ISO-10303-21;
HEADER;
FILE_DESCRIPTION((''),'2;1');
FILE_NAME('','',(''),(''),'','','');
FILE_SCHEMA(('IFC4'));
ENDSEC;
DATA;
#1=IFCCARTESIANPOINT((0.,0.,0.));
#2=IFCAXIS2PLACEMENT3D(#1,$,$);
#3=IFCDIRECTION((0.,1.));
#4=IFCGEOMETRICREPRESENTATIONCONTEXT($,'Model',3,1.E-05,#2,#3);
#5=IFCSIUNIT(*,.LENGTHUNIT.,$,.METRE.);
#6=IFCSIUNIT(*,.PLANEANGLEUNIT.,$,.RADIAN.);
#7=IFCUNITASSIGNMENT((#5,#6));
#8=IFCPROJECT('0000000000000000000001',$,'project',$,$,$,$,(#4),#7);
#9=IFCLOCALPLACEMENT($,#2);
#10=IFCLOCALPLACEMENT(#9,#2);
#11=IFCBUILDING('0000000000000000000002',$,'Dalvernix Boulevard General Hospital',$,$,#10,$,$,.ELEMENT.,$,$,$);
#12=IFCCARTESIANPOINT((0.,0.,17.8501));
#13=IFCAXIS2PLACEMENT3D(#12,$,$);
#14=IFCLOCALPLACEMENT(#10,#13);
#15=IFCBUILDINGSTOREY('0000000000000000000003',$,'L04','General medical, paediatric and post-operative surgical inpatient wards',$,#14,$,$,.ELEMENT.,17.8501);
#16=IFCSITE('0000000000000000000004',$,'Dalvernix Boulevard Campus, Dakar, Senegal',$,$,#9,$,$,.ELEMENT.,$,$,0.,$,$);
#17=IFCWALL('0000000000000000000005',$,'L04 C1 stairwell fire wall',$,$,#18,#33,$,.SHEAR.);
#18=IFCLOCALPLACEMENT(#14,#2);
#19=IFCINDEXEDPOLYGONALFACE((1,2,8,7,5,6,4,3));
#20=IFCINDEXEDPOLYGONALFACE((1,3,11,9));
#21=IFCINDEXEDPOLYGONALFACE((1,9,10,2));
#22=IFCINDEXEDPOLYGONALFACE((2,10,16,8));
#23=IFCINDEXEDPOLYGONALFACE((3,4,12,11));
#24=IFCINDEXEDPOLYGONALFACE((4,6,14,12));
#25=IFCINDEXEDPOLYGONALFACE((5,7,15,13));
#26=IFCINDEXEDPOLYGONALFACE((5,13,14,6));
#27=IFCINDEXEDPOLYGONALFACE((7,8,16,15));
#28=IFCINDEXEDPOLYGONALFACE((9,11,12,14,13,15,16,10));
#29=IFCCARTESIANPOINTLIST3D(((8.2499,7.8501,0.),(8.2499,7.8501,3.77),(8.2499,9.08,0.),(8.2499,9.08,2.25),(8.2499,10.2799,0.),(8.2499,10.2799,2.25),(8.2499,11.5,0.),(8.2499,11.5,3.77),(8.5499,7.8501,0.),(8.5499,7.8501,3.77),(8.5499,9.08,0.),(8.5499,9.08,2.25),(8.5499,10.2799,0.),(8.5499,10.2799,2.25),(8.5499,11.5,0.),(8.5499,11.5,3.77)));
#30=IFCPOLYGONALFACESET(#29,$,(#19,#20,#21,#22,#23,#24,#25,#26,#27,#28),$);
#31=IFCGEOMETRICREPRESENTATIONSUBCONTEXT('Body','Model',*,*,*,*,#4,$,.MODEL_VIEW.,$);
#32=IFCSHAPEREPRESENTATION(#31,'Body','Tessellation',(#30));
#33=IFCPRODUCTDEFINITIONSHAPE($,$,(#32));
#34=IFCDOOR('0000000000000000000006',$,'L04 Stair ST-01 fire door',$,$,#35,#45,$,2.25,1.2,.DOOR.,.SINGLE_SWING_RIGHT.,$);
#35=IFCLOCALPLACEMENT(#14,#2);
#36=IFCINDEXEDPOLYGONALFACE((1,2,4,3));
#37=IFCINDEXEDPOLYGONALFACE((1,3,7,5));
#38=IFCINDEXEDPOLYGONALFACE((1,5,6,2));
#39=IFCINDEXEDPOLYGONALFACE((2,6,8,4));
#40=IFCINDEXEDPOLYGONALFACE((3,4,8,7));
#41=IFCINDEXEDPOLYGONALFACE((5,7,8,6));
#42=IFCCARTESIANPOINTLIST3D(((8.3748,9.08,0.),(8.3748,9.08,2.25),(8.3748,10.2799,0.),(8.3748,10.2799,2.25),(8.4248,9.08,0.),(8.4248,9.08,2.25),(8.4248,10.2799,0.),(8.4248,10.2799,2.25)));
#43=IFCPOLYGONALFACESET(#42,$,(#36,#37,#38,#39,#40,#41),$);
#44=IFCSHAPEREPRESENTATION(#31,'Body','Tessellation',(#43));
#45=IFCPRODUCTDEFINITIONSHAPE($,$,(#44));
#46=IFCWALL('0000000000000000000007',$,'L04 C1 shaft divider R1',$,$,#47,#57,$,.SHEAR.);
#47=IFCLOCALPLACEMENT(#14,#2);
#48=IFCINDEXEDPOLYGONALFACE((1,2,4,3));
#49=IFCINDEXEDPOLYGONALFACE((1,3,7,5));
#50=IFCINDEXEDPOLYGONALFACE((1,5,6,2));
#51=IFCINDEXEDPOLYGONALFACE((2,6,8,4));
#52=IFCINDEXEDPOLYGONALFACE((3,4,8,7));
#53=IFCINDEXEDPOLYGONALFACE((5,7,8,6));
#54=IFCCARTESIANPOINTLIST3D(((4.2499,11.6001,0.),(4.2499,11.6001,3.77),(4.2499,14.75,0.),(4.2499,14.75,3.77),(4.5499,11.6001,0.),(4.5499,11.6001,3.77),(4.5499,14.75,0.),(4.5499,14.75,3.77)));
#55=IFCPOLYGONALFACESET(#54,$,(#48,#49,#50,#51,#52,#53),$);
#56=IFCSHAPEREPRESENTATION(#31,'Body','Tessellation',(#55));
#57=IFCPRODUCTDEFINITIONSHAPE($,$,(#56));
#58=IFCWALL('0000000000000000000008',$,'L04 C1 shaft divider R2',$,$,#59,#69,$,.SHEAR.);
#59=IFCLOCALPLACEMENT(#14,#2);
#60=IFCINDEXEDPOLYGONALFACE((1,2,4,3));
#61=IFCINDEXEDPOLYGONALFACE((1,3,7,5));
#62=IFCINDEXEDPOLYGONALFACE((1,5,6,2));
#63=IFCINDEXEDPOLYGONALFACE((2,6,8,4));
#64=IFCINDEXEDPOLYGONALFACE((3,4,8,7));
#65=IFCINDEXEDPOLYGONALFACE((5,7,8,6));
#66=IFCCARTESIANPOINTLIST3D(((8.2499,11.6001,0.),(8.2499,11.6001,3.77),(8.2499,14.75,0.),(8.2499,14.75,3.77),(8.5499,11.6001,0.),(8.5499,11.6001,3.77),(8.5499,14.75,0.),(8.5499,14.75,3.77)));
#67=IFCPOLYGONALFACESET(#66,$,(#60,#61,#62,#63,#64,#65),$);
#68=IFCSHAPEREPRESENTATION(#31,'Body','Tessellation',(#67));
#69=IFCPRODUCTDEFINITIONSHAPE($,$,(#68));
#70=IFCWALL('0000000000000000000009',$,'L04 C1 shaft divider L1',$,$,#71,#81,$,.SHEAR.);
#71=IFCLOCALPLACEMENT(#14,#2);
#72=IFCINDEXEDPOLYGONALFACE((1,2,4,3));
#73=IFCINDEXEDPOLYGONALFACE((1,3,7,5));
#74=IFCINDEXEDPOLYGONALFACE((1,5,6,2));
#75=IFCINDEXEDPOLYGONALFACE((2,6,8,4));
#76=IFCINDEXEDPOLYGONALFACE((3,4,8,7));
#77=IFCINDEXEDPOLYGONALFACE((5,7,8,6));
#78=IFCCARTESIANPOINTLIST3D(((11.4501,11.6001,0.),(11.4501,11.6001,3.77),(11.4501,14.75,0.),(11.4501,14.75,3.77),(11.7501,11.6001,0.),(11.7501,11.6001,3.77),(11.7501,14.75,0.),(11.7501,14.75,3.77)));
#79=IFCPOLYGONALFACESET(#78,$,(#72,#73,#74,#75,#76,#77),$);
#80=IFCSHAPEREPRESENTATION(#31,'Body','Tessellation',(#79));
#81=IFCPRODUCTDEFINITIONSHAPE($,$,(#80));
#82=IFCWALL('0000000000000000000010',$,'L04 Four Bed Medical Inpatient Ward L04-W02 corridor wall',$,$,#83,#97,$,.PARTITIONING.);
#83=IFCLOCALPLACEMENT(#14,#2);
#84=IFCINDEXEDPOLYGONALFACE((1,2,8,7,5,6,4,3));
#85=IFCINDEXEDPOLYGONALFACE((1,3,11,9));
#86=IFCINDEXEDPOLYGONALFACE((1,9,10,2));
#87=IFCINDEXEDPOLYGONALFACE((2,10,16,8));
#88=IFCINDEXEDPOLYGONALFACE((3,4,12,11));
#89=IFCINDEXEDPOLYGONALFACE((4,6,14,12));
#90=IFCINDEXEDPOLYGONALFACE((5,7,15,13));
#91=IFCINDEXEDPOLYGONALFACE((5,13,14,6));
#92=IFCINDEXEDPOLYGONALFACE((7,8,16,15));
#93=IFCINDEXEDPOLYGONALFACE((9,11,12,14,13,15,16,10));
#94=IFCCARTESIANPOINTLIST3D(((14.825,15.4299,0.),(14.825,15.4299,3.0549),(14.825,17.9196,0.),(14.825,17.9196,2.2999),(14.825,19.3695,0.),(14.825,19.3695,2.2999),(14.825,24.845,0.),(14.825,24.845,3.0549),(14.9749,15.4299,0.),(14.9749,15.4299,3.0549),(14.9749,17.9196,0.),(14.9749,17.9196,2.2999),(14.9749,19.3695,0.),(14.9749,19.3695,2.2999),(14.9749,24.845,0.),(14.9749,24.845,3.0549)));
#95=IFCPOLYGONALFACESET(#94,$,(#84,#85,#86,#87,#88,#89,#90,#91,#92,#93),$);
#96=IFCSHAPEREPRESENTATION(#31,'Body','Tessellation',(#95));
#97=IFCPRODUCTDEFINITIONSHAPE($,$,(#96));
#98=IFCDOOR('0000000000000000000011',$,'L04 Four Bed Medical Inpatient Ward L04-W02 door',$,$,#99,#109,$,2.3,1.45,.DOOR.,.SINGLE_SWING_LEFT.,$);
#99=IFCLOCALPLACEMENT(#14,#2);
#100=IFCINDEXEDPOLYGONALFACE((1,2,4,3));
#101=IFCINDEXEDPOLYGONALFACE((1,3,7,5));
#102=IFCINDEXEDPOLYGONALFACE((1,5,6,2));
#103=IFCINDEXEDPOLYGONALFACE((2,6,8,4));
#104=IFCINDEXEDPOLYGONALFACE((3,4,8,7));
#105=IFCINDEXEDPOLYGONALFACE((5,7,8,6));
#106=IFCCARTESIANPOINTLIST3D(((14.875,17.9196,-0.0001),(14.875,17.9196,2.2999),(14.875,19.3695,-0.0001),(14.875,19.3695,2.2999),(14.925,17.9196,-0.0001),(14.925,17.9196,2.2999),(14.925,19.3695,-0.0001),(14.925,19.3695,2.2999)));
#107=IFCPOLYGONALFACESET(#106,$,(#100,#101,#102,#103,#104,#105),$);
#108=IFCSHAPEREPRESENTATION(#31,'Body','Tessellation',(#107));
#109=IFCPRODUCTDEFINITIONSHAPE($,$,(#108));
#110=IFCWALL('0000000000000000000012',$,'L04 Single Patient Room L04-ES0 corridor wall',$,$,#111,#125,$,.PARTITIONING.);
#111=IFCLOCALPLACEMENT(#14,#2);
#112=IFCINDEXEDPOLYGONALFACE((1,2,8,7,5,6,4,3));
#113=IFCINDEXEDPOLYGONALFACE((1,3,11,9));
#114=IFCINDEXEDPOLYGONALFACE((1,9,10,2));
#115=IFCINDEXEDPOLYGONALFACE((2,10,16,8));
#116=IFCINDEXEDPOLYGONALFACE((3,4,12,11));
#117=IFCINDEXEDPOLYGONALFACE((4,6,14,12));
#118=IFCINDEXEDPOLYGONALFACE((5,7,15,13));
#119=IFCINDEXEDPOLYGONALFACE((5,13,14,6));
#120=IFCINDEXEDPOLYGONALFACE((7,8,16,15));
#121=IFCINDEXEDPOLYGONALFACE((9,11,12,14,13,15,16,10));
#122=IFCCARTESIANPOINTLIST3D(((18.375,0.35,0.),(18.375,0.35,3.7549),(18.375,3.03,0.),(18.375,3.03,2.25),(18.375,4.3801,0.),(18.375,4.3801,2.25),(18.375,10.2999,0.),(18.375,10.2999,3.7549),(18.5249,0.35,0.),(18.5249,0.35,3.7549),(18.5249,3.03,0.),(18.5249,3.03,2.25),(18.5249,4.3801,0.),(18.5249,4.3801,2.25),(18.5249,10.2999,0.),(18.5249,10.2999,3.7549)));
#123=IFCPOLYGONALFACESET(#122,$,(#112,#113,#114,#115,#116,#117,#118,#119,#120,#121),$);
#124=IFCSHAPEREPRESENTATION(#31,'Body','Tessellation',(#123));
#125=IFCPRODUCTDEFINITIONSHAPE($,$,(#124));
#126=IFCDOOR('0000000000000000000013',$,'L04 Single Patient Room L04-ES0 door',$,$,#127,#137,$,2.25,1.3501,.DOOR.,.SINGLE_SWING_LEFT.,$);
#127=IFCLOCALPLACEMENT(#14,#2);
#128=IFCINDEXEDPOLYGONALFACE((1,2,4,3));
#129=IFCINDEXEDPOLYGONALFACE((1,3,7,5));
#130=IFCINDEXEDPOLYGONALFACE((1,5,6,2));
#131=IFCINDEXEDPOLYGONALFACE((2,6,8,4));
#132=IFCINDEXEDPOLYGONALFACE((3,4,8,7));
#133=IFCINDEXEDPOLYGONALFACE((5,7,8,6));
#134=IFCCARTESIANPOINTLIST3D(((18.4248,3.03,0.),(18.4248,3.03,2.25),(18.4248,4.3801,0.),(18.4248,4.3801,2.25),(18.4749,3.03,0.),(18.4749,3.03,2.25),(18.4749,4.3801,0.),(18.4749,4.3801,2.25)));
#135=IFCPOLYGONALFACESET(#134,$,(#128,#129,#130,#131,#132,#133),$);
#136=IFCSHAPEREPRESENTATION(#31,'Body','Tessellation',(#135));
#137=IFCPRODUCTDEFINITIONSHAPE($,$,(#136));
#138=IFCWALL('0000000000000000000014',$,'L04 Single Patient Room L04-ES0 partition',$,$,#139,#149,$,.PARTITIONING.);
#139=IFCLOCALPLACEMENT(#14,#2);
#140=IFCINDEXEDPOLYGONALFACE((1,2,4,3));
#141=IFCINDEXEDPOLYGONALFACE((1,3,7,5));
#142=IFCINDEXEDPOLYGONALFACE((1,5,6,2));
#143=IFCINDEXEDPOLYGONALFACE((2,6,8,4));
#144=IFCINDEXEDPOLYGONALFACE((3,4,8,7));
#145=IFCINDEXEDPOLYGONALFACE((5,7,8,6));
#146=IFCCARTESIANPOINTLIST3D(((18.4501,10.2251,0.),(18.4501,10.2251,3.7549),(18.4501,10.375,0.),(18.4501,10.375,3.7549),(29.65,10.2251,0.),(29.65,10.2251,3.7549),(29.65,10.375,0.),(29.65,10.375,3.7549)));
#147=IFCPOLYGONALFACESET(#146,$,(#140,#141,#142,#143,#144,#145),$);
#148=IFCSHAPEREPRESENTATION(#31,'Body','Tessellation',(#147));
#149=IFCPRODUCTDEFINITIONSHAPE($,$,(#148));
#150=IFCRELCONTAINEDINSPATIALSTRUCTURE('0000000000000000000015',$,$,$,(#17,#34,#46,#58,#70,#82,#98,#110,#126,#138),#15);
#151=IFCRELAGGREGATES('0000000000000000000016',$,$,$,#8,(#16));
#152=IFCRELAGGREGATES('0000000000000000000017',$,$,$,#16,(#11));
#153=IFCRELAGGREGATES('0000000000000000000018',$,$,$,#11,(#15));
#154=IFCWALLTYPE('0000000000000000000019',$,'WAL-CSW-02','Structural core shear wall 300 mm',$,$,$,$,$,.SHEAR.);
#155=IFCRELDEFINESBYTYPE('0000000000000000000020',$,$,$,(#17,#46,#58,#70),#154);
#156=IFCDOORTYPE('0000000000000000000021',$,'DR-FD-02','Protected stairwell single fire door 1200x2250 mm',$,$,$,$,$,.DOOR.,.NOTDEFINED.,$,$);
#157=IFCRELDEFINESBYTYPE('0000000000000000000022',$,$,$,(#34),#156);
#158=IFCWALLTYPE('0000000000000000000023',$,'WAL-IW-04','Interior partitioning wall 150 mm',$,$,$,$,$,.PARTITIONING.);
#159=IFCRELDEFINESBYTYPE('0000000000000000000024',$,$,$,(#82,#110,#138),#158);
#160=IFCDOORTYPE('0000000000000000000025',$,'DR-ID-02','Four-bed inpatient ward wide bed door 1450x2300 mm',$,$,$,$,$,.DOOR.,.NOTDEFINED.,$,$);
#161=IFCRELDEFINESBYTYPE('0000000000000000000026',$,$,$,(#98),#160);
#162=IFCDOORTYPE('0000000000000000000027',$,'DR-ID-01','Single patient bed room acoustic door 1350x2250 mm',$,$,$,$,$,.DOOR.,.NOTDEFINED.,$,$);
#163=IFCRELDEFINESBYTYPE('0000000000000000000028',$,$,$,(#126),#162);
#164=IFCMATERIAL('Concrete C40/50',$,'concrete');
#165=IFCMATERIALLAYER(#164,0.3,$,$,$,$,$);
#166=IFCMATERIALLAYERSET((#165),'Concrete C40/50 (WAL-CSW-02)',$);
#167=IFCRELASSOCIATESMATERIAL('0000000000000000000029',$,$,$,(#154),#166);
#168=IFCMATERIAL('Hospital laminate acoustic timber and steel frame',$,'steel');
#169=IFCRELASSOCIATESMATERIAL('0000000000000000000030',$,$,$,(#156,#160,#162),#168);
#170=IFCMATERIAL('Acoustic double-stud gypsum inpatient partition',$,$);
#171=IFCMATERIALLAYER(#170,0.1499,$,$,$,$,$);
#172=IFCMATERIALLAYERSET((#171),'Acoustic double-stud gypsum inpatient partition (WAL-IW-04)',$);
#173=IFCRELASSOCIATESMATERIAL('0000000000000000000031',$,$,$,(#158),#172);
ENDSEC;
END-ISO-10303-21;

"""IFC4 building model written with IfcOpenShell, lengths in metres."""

from ifc_helpers import new_model, si_unit, direction, frame, frame_2d, origin, place, context, subcontext, project, spatial, rectangle, extrude, material, layer, layer_set, type_object, element, fill, save


model = new_model("IFC4")

# Units and contexts
model_context = context("Model", 3, precision=1e-05, world=origin(), true_north=direction((0.0, 1.0)))
body_context = subcontext(model_context, "Body", "Model", "MODEL_VIEW")
ifc_project = project(units=[si_unit("LENGTHUNIT", "METRE"), si_unit("PLANEANGLEUNIT", "RADIAN")], contexts=[model_context])

# Site, building, storey
site_placement = place(None, origin())
site = spatial("IfcSite", under=ifc_project, at=site_placement, Name="Dalvernix Boulevard Campus, Dakar, Senegal", CompositionType="ELEMENT", RefElevation=0.0)
building_placement = place(site_placement, origin())
building = spatial("IfcBuilding", under=site, at=building_placement, Name="Dalvernix Boulevard General Hospital", CompositionType="ELEMENT")
storey_placement = place(building_placement, frame((0.0, 0.0, 17.8501)))
storey = spatial("IfcBuildingStorey", under=building, at=storey_placement, Name="L04", Description="General medical, paediatric and post-operative surgical inpatient wards", CompositionType="ELEMENT", Elevation=17.8501)

# Shared definitions
ifc_material_1 = material(Name="Concrete C40/50", Category="concrete")

# Shared definitions
ifc_layer_1 = layer(ifc_material_1, 0.3)
ifc_layer_set_1 = layer_set([ifc_layer_1], Name="Concrete C40/50 (WAL-CSW-02)")
wall_type_1 = type_object("IfcWallType", Name="WAL-CSW-02", Description="Structural core shear wall 300 mm", PredefinedType="SHEAR", material=ifc_layer_set_1)

# Wall, opening, door
wall_1_placement = place(storey_placement, frame((8.3999, 11.5, 0.0), z_axis=(0.0, 0.0, 1.0), x_axis=(0.0, -1.0, 0.0)))
wall_1 = element("IfcWall", 1, at=wall_1_placement, inside=storey, type_object=wall_type_1, Name="L04 C1 stairwell fire wall", PredefinedType="SHEAR", context=body_context, shape_type="SweptSolid", body=[
    extrude(rectangle(XDim=3.6499, YDim=0.3, at=frame_2d((1.825, 0.0))), origin(), (0.0, 0.0, 1.0), 3.77),
])
opening_1_placement = place(wall_1_placement, frame((1.22, 0.0, 0.0)))
opening_1 = element("IfcOpeningElement", 2, at=opening_1_placement, cuts=wall_1, PredefinedType="OPENING", context=body_context, shape_type="SweptSolid", body=[
    extrude(rectangle(XDim=1.2, YDim=2.25, at=frame_2d((0.6001, 1.125))), frame((0.0, 0.1599, 0.0), z_axis=(0.0, -1.0, 0.0), x_axis=(1.0, 0.0, 0.0)), (0.0, 0.0, 1.0), 0.3201),
])
ifc_material_2 = material(Name="Hospital laminate acoustic timber and steel frame", Category="steel")
door_type_1 = type_object("IfcDoorType", Name="DR-FD-02", Description="Protected stairwell single fire door 1200x2250 mm", OperationType="NOTDEFINED", PredefinedType="DOOR", material=ifc_material_2)
door_1_placement = place(opening_1_placement, origin())
door_1 = element("IfcDoor", 3, at=door_1_placement, inside=storey, type_object=door_type_1, Name="L04 Stair ST-01 fire door", OperationType="SINGLE_SWING_RIGHT", OverallHeight=2.25, OverallWidth=1.2, PredefinedType="DOOR", context=body_context, shape_type="SweptSolid", body=[
    extrude(rectangle(XDim=1.2, YDim=2.25, at=frame_2d((0.6001, 1.125))), frame((0.0, 0.0249, 0.0), z_axis=(0.0, -1.0, 0.0), x_axis=(1.0, 0.0, 0.0)), (0.0, 0.0, 1.0), 0.05),
])
fill(opening_1, door_1)

# Walls
for number, where, z_axis, x_axis, name in (
    (4, (4.3999, 11.6001, 0.0), (0.0, 0.0, 1.0), (0.0, 1.0, 0.0), "L04 C1 shaft divider R1"),
    (5, (8.3999, 11.6001, 0.0), (0.0, 0.0, 1.0), (0.0, 1.0, 0.0), "L04 C1 shaft divider R2"),
    (6, (11.6001, 11.6001, 0.0), (0.0, 0.0, 1.0), (0.0, 1.0, 0.0), "L04 C1 shaft divider L1"),
):
    element("IfcWall", number, at=place(storey_placement, frame(where, z_axis=z_axis, x_axis=x_axis)), inside=storey, type_object=wall_type_1, Name=name, PredefinedType="SHEAR", context=body_context, shape_type="SweptSolid", body=[
        extrude(rectangle(XDim=3.1499, YDim=0.3, at=frame_2d((1.575, 0.0))), origin(), (0.0, 0.0, 1.0), 3.77),
    ])

# Walls, openings, doors
ifc_material_3 = material(Name="Acoustic double-stud gypsum inpatient partition")
ifc_layer_2 = layer(ifc_material_3, 0.1499)
ifc_layer_set_2 = layer_set([ifc_layer_2], Name="Acoustic double-stud gypsum inpatient partition (WAL-IW-04)")
wall_type_2 = type_object("IfcWallType", Name="WAL-IW-04", Description="Interior partitioning wall 150 mm", PredefinedType="PARTITIONING", material=ifc_layer_set_2)
wall_2_placement = place(storey_placement, frame((14.8999, 15.4299, 0.0), z_axis=(0.0, 0.0, 1.0), x_axis=(0.0, 1.0, 0.0)))
wall_2 = element("IfcWall", 7, at=wall_2_placement, inside=storey, type_object=wall_type_2, Name="L04 Four Bed Medical Inpatient Ward L04-W02 corridor wall", PredefinedType="PARTITIONING", context=body_context, shape_type="SweptSolid", body=[
    extrude(rectangle(XDim=9.415, YDim=0.1499, at=frame_2d((4.7075, 0.0))), origin(), (0.0, 0.0, 1.0), 3.0549),
])
opening_2_placement = place(wall_2_placement, frame((2.4895, 0.0, 0.0)))
opening_2 = element("IfcOpeningElement", 8, at=opening_2_placement, cuts=wall_2, PredefinedType="OPENING", context=body_context, shape_type="SweptSolid", body=[
    extrude(rectangle(XDim=1.45, YDim=2.3, at=frame_2d((0.7251, 1.1499))), frame((0.0, 0.085, 0.0), z_axis=(0.0, -1.0, 0.0), x_axis=(1.0, 0.0, 0.0)), (0.0, 0.0, 1.0), 0.1699),
])
door_type_2 = type_object("IfcDoorType", Name="DR-ID-02", Description="Four-bed inpatient ward wide bed door 1450x2300 mm", OperationType="NOTDEFINED", PredefinedType="DOOR", material=ifc_material_2)
door_2_placement = place(opening_2_placement, origin())
door_2 = element("IfcDoor", 9, at=door_2_placement, inside=storey, type_object=door_type_2, Name="L04 Four Bed Medical Inpatient Ward L04-W02 door", OperationType="SINGLE_SWING_LEFT", OverallHeight=2.3, OverallWidth=1.45, PredefinedType="DOOR", context=body_context, shape_type="SweptSolid", body=[
    extrude(rectangle(XDim=1.45, YDim=2.3, at=frame_2d((0.7251, 1.1499))), frame((0.0, 0.0249, 0.0), z_axis=(0.0, -1.0, 0.0), x_axis=(1.0, 0.0, 0.0)), (0.0, 0.0, 1.0), 0.05),
])
fill(opening_2, door_2)
wall_3_placement = place(storey_placement, frame((18.45, 10.3, 0.0), z_axis=(0.0, 0.0, 1.0), x_axis=(0.0, -1.0, 0.0)))
wall_3 = element("IfcWall", 10, at=wall_3_placement, inside=storey, type_object=wall_type_2, Name="L04 Single Patient Room L04-ES0 corridor wall", PredefinedType="PARTITIONING", context=body_context, shape_type="SweptSolid", body=[
    extrude(rectangle(XDim=9.95, YDim=0.1499, at=frame_2d((4.9751, 0.0))), origin(), (0.0, 0.0, 1.0), 3.7549),
])
opening_3_placement = place(wall_3_placement, frame((5.9199, 0.0, 0.0)))
opening_3 = element("IfcOpeningElement", 11, at=opening_3_placement, cuts=wall_3, PredefinedType="OPENING", context=body_context, shape_type="SweptSolid", body=[
    extrude(rectangle(XDim=1.3501, YDim=2.25, at=frame_2d((0.675, 1.125))), frame((0.0, 0.085, 0.0), z_axis=(0.0, -1.0, 0.0), x_axis=(1.0, 0.0, 0.0)), (0.0, 0.0, 1.0), 0.1699),
])
door_type_3 = type_object("IfcDoorType", Name="DR-ID-01", Description="Single patient bed room acoustic door 1350x2250 mm", OperationType="NOTDEFINED", PredefinedType="DOOR", material=ifc_material_2)
door_3_placement = place(opening_3_placement, origin())
door_3 = element("IfcDoor", 12, at=door_3_placement, inside=storey, type_object=door_type_3, Name="L04 Single Patient Room L04-ES0 door", OperationType="SINGLE_SWING_LEFT", OverallHeight=2.25, OverallWidth=1.3501, PredefinedType="DOOR", context=body_context, shape_type="SweptSolid", body=[
    extrude(rectangle(XDim=1.3501, YDim=2.25, at=frame_2d((0.675, 1.125))), frame((0.0, 0.0249, 0.0), z_axis=(0.0, -1.0, 0.0), x_axis=(1.0, 0.0, 0.0)), (0.0, 0.0, 1.0), 0.05),
])
fill(opening_3, door_3)

# Wall
wall_4_placement = place(storey_placement, frame((18.45, 10.3, 0.0), z_axis=(0.0, 0.0, 1.0), x_axis=(1.0, 0.0, 0.0)))
element("IfcWall", 13, at=wall_4_placement, inside=storey, type_object=wall_type_2, Name="L04 Single Patient Room L04-ES0 partition", PredefinedType="PARTITIONING", context=body_context, shape_type="SweptSolid", body=[
    extrude(rectangle(XDim=11.2, YDim=0.1499, at=frame_2d((5.6001, 0.0))), origin(), (0.0, 0.0, 1.0), 3.7549),
])

save(model, "model.ifc")
